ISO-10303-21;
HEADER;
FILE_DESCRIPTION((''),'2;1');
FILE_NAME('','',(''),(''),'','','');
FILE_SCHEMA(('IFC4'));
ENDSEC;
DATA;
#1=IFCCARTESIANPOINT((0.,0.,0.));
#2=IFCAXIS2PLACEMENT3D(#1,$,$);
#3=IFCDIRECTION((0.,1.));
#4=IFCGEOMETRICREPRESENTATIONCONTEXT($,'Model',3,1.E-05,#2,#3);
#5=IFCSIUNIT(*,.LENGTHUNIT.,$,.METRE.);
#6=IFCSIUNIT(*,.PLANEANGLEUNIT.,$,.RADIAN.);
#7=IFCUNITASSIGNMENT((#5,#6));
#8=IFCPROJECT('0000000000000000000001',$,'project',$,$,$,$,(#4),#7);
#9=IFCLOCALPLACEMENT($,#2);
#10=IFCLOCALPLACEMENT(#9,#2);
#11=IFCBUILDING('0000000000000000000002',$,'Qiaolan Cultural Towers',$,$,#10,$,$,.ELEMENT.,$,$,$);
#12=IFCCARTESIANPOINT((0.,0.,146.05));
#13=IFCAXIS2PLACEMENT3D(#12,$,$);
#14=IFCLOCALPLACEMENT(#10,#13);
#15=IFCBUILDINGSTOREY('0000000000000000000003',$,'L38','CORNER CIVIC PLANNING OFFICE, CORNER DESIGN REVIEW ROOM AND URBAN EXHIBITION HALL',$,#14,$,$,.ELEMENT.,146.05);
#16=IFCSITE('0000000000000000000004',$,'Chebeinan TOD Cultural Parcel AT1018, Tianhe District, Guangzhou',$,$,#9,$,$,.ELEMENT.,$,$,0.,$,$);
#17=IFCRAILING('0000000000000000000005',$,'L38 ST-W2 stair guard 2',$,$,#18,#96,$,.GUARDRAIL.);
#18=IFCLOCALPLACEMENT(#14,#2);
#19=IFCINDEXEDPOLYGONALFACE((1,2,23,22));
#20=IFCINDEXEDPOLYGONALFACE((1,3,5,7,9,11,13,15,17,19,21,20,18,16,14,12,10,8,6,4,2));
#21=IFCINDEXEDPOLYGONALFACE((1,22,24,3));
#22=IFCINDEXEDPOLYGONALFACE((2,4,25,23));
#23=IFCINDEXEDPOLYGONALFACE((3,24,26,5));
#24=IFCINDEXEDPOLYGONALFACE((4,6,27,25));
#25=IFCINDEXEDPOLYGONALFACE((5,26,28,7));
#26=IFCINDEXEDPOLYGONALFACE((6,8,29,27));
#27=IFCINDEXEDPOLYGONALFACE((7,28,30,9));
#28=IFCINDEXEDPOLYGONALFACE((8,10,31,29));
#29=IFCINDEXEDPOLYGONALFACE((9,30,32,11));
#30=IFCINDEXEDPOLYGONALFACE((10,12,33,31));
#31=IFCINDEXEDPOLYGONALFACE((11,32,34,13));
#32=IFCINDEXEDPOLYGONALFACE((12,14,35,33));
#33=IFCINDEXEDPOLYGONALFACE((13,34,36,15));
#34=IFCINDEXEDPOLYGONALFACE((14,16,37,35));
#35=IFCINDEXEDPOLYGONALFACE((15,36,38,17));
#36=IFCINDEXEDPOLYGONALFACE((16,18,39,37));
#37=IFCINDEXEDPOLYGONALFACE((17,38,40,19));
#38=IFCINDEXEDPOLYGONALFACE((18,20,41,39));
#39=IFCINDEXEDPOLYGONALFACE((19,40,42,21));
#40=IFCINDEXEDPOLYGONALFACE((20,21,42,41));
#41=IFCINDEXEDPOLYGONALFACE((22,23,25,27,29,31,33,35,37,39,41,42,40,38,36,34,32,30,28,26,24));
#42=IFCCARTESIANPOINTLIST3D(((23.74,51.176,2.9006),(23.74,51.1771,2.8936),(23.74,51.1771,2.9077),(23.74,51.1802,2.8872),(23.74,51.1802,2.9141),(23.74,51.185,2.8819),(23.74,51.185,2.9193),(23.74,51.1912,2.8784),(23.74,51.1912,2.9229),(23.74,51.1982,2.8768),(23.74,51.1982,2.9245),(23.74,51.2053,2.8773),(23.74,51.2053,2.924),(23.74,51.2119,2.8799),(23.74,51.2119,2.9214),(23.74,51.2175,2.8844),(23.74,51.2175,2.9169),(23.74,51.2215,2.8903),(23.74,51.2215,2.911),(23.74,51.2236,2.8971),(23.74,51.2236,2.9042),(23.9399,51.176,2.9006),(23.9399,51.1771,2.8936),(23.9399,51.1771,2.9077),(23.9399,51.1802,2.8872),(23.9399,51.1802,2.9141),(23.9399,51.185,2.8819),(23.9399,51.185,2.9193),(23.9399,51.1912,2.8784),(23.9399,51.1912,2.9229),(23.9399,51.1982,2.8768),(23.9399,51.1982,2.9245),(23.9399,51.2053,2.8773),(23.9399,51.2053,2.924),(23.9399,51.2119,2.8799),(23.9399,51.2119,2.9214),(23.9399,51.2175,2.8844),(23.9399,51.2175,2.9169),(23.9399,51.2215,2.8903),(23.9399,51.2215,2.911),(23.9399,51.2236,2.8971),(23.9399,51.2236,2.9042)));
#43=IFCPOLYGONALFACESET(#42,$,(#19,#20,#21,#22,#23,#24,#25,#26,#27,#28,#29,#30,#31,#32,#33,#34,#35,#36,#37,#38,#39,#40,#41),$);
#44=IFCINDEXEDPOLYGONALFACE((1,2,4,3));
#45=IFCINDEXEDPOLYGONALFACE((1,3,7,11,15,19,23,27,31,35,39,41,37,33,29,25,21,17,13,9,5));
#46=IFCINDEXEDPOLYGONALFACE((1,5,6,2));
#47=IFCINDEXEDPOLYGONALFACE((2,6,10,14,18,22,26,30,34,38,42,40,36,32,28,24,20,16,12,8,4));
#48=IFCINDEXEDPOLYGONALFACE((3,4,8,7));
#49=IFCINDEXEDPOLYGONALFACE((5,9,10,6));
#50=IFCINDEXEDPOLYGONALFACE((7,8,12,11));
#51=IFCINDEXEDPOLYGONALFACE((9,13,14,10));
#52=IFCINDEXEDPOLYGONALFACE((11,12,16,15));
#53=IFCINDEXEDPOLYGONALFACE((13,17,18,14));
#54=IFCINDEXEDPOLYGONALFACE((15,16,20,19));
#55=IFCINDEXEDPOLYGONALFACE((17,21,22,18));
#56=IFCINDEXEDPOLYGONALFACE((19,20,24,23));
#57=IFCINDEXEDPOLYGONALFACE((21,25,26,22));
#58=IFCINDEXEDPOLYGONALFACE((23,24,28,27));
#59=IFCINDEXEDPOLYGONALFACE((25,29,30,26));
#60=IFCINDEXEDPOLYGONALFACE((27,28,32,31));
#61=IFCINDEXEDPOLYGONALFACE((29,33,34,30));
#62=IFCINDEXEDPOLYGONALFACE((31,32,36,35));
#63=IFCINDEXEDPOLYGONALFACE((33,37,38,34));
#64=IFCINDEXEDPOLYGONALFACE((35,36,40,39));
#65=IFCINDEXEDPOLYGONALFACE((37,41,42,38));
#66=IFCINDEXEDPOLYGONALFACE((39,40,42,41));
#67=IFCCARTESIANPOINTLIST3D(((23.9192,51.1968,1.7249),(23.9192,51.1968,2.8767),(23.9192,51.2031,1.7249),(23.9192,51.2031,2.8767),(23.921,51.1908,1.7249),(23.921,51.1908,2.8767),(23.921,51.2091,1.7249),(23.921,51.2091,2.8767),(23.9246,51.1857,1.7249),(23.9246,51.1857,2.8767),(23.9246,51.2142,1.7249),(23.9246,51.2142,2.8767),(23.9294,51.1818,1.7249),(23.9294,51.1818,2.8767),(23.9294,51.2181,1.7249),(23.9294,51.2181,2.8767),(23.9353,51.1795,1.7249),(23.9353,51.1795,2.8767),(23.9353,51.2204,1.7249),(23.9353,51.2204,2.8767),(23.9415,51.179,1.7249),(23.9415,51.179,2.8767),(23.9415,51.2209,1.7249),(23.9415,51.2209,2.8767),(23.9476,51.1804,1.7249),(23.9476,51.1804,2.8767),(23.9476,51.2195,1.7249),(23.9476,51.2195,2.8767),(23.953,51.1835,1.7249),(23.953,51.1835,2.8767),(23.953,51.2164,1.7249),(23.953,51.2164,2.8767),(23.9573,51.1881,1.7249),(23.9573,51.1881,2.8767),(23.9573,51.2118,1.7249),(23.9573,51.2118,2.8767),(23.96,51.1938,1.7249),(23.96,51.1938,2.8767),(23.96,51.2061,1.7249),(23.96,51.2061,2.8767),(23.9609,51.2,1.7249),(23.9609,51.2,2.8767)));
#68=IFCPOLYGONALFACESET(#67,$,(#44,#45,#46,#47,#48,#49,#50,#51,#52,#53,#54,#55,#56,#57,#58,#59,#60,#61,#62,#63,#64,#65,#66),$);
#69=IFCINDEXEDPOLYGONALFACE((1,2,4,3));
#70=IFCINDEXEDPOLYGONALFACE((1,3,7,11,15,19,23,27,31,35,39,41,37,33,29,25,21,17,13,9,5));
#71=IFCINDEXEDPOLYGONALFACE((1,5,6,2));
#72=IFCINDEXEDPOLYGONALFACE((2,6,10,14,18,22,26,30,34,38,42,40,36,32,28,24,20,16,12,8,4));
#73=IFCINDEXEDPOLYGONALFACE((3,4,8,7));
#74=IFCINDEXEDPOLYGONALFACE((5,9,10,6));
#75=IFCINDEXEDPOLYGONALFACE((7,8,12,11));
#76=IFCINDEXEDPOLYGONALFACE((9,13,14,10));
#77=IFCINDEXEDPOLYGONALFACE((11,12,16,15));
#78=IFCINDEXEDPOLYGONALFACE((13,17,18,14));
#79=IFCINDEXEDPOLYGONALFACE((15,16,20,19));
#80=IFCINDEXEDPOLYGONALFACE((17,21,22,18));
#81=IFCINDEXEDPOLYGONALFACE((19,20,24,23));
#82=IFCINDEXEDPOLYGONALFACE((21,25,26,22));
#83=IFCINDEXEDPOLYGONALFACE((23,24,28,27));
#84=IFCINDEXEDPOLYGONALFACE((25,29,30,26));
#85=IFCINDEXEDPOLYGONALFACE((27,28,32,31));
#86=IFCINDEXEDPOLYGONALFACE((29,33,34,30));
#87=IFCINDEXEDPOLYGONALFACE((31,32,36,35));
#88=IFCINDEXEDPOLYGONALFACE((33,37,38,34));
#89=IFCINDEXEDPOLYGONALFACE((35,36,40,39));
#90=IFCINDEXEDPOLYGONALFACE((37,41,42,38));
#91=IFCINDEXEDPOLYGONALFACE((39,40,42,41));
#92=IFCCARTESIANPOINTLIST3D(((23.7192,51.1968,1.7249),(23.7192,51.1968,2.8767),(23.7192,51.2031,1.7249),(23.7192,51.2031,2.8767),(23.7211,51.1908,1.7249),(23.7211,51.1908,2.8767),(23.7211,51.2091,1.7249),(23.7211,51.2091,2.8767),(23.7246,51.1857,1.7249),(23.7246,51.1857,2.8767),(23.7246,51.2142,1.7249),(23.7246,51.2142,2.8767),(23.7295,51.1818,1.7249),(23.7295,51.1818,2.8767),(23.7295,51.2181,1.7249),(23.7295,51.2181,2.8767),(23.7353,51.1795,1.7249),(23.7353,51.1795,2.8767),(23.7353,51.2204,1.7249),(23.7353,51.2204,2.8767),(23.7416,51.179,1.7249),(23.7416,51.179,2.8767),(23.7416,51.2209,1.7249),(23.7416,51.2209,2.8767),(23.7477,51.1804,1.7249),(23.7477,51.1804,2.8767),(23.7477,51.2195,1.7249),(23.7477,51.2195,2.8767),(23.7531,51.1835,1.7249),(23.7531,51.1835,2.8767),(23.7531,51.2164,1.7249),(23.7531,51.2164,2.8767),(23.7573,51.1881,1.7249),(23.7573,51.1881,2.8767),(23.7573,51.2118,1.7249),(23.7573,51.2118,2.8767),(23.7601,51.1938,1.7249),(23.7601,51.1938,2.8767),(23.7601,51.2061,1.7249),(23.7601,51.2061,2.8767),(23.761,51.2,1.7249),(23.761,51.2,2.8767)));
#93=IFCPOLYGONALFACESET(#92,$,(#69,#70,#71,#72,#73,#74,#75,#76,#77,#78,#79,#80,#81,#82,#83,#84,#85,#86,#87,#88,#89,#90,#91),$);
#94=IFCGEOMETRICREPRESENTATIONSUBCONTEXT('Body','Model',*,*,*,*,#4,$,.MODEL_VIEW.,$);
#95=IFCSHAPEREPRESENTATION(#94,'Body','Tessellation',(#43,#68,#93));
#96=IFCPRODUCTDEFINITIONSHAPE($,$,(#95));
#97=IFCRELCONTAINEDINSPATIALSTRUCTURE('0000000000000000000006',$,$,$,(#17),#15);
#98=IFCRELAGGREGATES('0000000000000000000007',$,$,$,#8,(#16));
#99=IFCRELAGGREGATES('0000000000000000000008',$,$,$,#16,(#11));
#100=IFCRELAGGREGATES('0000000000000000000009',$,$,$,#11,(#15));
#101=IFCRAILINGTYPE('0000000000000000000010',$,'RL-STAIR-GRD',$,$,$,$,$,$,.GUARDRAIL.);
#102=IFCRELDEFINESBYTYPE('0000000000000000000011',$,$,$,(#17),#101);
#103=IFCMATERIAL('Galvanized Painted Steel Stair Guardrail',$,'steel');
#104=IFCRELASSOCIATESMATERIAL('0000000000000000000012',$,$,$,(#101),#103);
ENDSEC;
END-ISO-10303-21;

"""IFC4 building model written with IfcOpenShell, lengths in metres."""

from ifc_helpers import new_model, si_unit, direction, frame, origin, origin_2d, place, context, subcontext, project, spatial, circle, extrude, material, type_object, element, save


model = new_model("IFC4")

# Units and contexts
model_context = context("Model", 3, precision=1e-05, world=origin(), true_north=direction((0.0, 1.0)))
body_context = subcontext(model_context, "Body", "Model", "MODEL_VIEW")
ifc_project = project(units=[si_unit("LENGTHUNIT", "METRE"), si_unit("PLANEANGLEUNIT", "RADIAN")], contexts=[model_context])

# Site, building, storey
site_placement = place(None, origin())
site = spatial("IfcSite", under=ifc_project, at=site_placement, Name="Chebeinan TOD Cultural Parcel AT1018, Tianhe District, Guangzhou", CompositionType="ELEMENT", RefElevation=0.0)
building_placement = place(site_placement, origin())
building = spatial("IfcBuilding", under=site, at=building_placement, Name="Qiaolan Cultural Towers", CompositionType="ELEMENT")
storey_placement = place(building_placement, frame((0.0, 0.0, 146.05)))
storey = spatial("IfcBuildingStorey", under=building, at=storey_placement, Name="L38", Description="CORNER CIVIC PLANNING OFFICE, CORNER DESIGN REVIEW ROOM AND URBAN EXHIBITION HALL", CompositionType="ELEMENT", Elevation=146.05)

# Railing
ifc_material_1 = material(Name="Galvanized Painted Steel Stair Guardrail", Category="steel")
railing_type_1 = type_object("IfcRailingType", Name="RL-STAIR-GRD", PredefinedType="GUARDRAIL", material=ifc_material_1)
railing_1_placement = place(storey_placement, frame((23.9399, 51.2, 1.7249)))
element("IfcRailing", 1, at=railing_1_placement, inside=storey, type_object=railing_type_1, Name="L38 ST-W2 stair guard 2", PredefinedType="GUARDRAIL", context=body_context, shape_type="SweptSolid", body=[
    extrude(circle(Radius=0.0239, at=origin_2d()), frame((0.0, 0.0, 1.1758), z_axis=(-1.0, 0.0, 0.0), x_axis=(0.0, -1.0, 0.0)), (0.0, 0.0, 1.0), 0.2),
    extrude(circle(Radius=0.021, at=origin_2d()), origin(), (0.0, 0.0, 1.0), 1.1519),
    extrude(circle(Radius=0.021, at=origin_2d()), frame((-0.2, 0.0, 0.0)), (0.0, 0.0, 1.0), 1.1519),
])

save(model, "model.ifc")
